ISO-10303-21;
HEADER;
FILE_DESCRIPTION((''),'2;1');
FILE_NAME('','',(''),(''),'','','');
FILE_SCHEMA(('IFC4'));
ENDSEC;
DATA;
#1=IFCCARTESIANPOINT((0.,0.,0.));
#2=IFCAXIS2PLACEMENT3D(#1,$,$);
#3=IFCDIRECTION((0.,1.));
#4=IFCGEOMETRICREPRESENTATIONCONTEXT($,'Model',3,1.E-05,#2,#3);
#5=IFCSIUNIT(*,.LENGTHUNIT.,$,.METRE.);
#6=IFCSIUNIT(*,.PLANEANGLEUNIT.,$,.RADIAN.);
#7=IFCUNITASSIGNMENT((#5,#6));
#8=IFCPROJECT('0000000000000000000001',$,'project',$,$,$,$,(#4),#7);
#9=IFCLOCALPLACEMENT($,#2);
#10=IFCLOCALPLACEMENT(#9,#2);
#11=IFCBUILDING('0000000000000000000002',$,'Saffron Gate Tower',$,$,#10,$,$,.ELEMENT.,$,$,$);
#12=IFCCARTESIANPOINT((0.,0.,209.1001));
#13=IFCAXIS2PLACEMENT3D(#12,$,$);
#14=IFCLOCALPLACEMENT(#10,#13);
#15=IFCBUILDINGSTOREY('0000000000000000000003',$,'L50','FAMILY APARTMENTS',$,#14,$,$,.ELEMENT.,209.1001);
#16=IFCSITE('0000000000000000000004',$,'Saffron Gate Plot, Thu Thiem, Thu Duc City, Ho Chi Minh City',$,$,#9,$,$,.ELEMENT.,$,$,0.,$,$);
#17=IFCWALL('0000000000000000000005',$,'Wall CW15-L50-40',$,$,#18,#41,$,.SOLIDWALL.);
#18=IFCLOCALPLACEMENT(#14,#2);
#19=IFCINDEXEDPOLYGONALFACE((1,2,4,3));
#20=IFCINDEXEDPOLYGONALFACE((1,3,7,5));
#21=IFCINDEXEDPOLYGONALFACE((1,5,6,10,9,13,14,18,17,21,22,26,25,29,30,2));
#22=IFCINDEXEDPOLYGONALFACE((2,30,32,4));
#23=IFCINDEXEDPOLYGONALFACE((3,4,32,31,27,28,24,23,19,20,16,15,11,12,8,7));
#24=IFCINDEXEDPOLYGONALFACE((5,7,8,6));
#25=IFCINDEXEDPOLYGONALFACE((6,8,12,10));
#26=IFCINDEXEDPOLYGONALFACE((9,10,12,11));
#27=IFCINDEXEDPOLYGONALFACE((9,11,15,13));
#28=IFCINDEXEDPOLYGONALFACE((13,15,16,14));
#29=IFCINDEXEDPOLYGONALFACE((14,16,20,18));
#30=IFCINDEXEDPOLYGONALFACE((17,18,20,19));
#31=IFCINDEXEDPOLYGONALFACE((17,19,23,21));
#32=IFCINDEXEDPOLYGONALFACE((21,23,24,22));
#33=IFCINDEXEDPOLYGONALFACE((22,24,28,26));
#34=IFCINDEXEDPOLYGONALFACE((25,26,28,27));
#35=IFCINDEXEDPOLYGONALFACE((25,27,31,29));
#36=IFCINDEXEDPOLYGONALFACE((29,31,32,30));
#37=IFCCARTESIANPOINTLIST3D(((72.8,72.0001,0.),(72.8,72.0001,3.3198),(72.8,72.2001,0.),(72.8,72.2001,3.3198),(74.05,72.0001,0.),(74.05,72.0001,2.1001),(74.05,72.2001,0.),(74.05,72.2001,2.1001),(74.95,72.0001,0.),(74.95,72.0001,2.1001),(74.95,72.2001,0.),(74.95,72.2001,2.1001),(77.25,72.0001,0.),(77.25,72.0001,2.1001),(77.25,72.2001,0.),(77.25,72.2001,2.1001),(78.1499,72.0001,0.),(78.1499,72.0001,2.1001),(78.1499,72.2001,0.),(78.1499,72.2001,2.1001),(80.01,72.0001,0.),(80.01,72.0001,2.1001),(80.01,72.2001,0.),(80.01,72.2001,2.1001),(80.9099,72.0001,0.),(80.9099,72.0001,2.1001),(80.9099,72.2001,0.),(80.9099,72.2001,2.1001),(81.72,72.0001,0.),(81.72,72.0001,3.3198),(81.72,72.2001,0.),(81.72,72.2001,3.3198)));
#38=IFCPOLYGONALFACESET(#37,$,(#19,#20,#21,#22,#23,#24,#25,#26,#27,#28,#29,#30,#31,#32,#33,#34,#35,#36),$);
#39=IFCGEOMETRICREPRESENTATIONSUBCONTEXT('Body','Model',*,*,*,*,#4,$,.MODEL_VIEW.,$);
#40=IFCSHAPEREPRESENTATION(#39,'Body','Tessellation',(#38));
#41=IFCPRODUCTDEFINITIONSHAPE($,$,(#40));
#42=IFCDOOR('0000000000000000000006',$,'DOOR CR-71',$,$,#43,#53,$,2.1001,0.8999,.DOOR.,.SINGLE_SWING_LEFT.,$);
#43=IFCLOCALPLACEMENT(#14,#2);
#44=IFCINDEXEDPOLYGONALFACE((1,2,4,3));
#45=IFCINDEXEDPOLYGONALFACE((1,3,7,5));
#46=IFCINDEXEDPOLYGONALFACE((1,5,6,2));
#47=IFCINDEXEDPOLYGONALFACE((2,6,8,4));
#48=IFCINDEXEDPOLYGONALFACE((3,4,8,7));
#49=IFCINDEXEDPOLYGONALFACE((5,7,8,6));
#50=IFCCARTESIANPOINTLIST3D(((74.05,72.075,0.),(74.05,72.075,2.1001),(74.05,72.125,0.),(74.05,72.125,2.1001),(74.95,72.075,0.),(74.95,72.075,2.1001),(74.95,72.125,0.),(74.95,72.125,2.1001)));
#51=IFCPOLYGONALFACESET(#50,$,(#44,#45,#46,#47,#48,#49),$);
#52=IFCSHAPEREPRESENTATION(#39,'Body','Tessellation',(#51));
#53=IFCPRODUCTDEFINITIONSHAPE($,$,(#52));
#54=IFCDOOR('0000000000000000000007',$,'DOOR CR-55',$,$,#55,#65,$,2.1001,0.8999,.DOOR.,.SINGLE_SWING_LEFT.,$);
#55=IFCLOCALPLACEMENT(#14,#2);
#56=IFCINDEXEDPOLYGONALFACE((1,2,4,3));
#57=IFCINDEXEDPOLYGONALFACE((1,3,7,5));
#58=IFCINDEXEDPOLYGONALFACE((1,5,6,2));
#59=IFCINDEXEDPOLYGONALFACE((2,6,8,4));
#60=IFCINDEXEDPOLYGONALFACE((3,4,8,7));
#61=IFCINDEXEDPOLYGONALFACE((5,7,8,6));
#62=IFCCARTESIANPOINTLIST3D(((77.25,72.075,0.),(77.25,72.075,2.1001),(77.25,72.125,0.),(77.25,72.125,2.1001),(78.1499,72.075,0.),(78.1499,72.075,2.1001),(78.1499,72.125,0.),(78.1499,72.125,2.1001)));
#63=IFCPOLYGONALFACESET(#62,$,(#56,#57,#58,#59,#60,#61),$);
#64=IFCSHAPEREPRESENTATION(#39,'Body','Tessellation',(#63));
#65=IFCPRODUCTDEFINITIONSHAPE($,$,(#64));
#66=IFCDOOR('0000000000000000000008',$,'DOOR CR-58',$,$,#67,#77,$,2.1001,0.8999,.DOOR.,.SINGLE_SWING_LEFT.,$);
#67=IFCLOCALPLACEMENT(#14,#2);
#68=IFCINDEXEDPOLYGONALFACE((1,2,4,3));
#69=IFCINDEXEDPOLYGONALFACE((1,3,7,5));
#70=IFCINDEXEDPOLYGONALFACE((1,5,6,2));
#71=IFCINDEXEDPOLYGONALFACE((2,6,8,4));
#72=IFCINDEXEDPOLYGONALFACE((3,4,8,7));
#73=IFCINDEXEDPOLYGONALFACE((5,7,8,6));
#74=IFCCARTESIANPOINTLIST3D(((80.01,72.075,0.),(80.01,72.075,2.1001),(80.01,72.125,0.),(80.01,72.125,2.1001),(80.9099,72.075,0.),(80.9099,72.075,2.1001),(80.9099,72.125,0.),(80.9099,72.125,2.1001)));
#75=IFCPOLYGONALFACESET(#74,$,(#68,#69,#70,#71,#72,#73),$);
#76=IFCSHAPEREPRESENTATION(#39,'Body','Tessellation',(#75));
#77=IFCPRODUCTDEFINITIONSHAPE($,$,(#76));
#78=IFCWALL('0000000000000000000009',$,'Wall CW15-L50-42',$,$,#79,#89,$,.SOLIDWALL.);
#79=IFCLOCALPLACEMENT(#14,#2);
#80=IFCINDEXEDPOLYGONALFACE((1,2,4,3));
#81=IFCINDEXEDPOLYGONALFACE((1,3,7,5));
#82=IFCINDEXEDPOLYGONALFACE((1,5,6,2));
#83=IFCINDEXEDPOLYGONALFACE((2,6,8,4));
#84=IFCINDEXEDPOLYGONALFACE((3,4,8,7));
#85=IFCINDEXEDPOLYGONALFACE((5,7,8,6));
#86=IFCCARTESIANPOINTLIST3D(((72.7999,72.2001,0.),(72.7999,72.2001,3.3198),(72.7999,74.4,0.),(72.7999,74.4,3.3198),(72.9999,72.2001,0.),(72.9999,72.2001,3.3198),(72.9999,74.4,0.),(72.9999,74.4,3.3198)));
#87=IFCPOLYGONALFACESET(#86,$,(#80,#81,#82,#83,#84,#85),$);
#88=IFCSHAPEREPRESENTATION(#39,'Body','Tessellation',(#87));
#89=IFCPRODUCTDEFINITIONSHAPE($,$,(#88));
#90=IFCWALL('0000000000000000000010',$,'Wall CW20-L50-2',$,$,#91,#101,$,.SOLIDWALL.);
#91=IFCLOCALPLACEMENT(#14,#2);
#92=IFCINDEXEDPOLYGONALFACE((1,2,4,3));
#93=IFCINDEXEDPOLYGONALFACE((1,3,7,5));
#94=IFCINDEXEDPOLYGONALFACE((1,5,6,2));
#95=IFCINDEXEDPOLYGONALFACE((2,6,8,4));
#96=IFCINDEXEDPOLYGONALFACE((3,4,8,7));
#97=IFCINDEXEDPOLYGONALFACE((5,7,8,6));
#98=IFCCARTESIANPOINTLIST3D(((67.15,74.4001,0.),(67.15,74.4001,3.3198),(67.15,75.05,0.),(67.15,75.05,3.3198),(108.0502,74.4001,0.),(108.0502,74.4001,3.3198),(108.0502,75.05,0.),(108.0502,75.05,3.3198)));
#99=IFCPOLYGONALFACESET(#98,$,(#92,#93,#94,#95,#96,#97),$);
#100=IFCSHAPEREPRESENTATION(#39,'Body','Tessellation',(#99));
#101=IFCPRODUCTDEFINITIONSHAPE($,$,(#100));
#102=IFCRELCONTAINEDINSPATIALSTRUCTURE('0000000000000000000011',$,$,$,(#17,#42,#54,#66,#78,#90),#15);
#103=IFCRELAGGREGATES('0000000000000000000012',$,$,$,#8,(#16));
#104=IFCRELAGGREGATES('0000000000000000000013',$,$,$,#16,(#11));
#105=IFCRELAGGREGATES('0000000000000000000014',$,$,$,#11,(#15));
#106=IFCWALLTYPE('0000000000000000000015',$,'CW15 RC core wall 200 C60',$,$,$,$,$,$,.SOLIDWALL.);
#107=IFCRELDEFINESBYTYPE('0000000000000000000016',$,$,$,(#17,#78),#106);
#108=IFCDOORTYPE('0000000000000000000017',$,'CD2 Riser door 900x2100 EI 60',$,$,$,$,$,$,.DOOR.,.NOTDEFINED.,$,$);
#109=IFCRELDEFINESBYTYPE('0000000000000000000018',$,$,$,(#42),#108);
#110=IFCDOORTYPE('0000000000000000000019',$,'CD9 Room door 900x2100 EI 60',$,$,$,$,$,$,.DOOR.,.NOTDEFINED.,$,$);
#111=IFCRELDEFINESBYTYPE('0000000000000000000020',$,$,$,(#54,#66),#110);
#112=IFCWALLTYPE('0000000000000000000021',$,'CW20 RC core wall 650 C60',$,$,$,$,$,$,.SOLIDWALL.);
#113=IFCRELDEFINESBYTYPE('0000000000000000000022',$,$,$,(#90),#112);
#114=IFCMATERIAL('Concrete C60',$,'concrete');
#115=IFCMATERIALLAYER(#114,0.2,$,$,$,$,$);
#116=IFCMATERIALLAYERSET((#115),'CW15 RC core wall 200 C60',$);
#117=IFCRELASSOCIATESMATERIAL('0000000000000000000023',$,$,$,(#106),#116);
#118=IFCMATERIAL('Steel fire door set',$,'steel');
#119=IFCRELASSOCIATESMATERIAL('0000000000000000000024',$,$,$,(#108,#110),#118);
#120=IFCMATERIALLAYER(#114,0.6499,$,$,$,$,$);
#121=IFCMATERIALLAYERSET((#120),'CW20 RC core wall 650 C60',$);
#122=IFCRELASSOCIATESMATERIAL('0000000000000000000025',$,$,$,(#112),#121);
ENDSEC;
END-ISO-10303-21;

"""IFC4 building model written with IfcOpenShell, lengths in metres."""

from ifc_helpers import new_model, si_unit, direction, frame, frame_2d, origin, place, context, subcontext, project, spatial, rectangle, extrude, material, layer, layer_set, type_object, element, fill, save


model = new_model("IFC4")

# Units and contexts
model_context = context("Model", 3, precision=1e-05, world=origin(), true_north=direction((0.0, 1.0)))
body_context = subcontext(model_context, "Body", "Model", "MODEL_VIEW")
ifc_project = project(units=[si_unit("LENGTHUNIT", "METRE"), si_unit("PLANEANGLEUNIT", "RADIAN")], contexts=[model_context])

# Site, building, storey
site_placement = place(None, origin())
site = spatial("IfcSite", under=ifc_project, at=site_placement, Name="Saffron Gate Plot, Thu Thiem, Thu Duc City, Ho Chi Minh City", CompositionType="ELEMENT", RefElevation=0.0)
building_placement = place(site_placement, origin())
building = spatial("IfcBuilding", under=site, at=building_placement, Name="Saffron Gate Tower", CompositionType="ELEMENT")
storey_placement = place(building_placement, frame((0.0, 0.0, 209.1001)))
storey = spatial("IfcBuildingStorey", under=building, at=storey_placement, Name="L50", Description="FAMILY APARTMENTS", CompositionType="ELEMENT", Elevation=209.1001)

# Shared definitions
ifc_material_1 = material(Name="Concrete C60", Category="concrete")
ifc_layer_1 = layer(ifc_material_1, 0.2)
ifc_layer_set_1 = layer_set([ifc_layer_1], Name="CW15 RC core wall 200 C60")
wall_type_1 = type_object("IfcWallType", Name="CW15 RC core wall 200 C60", PredefinedType="SOLIDWALL", material=ifc_layer_set_1)
ifc_material_2 = material(Name="Steel fire door set", Category="steel")

# Wall, openings, doors
wall_1_placement = place(storey_placement, frame((72.8, 72.1001, 0.0), z_axis=(0.0, 0.0, 1.0), x_axis=(1.0, 0.0, 0.0)))
wall_1 = element("IfcWall", 1, at=wall_1_placement, inside=storey, type_object=wall_type_1, Name="Wall CW15-L50-40", PredefinedType="SOLIDWALL", context=body_context, shape_type="SweptSolid", body=[
    extrude(rectangle(XDim=8.9199, YDim=0.2, at=frame_2d((4.46, 0.0))), origin(), (0.0, 0.0, 1.0), 3.3198),
])
opening_1_placement = place(wall_1_placement, frame((1.25, 0.0, 0.0)))
opening_1 = element("IfcOpeningElement", 2, at=opening_1_placement, cuts=wall_1, PredefinedType="OPENING", context=body_context, shape_type="SweptSolid", body=[
    extrude(rectangle(XDim=0.8999, YDim=2.1001, at=frame_2d((0.45, 1.05))), frame((0.0, 0.1099, 0.0), z_axis=(0.0, -1.0, 0.0), x_axis=(1.0, 0.0, 0.0)), (0.0, 0.0, 1.0), 0.22),
])
opening_2_placement = place(wall_1_placement, frame((4.45, 0.0, 0.0)))
opening_2 = element("IfcOpeningElement", 3, at=opening_2_placement, cuts=wall_1, PredefinedType="OPENING", context=body_context, shape_type="SweptSolid", body=[
    extrude(rectangle(XDim=0.8999, YDim=2.1001, at=frame_2d((0.45, 1.05))), frame((0.0, 0.1099, 0.0), z_axis=(0.0, -1.0, 0.0), x_axis=(1.0, 0.0, 0.0)), (0.0, 0.0, 1.0), 0.22),
])
opening_3_placement = place(wall_1_placement, frame((7.21, 0.0, 0.0)))
opening_3 = element("IfcOpeningElement", 4, at=opening_3_placement, cuts=wall_1, PredefinedType="OPENING", context=body_context, shape_type="SweptSolid", body=[
    extrude(rectangle(XDim=0.8999, YDim=2.1001, at=frame_2d((0.45, 1.05))), frame((0.0, 0.1099, 0.0), z_axis=(0.0, -1.0, 0.0), x_axis=(1.0, 0.0, 0.0)), (0.0, 0.0, 1.0), 0.22),
])
door_type_1 = type_object("IfcDoorType", Name="CD2 Riser door 900x2100 EI 60", OperationType="NOTDEFINED", PredefinedType="DOOR", material=ifc_material_2)
door_1_placement = place(opening_1_placement, origin())
door_1 = element("IfcDoor", 5, at=door_1_placement, inside=storey, type_object=door_type_1, Name="DOOR CR-71", OperationType="SINGLE_SWING_LEFT", OverallHeight=2.1001, OverallWidth=0.8999, PredefinedType="DOOR", context=body_context, shape_type="SweptSolid", body=[
    extrude(rectangle(XDim=0.8999, YDim=2.1001, at=frame_2d((0.45, 1.05))), frame((0.0, 0.0249, 0.0), z_axis=(0.0, -1.0, 0.0), x_axis=(1.0, 0.0, 0.0)), (0.0, 0.0, 1.0), 0.05),
])
fill(opening_1, door_1)
door_type_2 = type_object("IfcDoorType", Name="CD9 Room door 900x2100 EI 60", OperationType="NOTDEFINED", PredefinedType="DOOR", material=ifc_material_2)
door_2_placement = place(opening_2_placement, origin())
door_2 = element("IfcDoor", 6, at=door_2_placement, inside=storey, type_object=door_type_2, Name="DOOR CR-55", OperationType="SINGLE_SWING_LEFT", OverallHeight=2.1001, OverallWidth=0.8999, PredefinedType="DOOR", context=body_context, shape_type="SweptSolid", body=[
    extrude(rectangle(XDim=0.8999, YDim=2.1001, at=frame_2d((0.45, 1.05))), frame((0.0, 0.0249, 0.0), z_axis=(0.0, -1.0, 0.0), x_axis=(1.0, 0.0, 0.0)), (0.0, 0.0, 1.0), 0.05),
])
fill(opening_2, door_2)
door_3_placement = place(opening_3_placement, origin())
door_3 = element("IfcDoor", 7, at=door_3_placement, inside=storey, type_object=door_type_2, Name="DOOR CR-58", OperationType="SINGLE_SWING_LEFT", OverallHeight=2.1001, OverallWidth=0.8999, PredefinedType="DOOR", context=body_context, shape_type="SweptSolid", body=[
    extrude(rectangle(XDim=0.8999, YDim=2.1001, at=frame_2d((0.45, 1.05))), frame((0.0, 0.0249, 0.0), z_axis=(0.0, -1.0, 0.0), x_axis=(1.0, 0.0, 0.0)), (0.0, 0.0, 1.0), 0.05),
])
fill(opening_3, door_3)

# Walls
wall_2_placement = place(storey_placement, frame((72.8999, 72.2, 0.0), z_axis=(0.0, 0.0, 1.0), x_axis=(0.0, 1.0, 0.0)))
element("IfcWall", 8, at=wall_2_placement, inside=storey, type_object=wall_type_1, Name="Wall CW15-L50-42", PredefinedType="SOLIDWALL", context=body_context, shape_type="SweptSolid", body=[
    extrude(rectangle(XDim=2.2, YDim=0.2, at=frame_2d((1.1001, 0.0))), origin(), (0.0, 0.0, 1.0), 3.3198),
])
ifc_layer_2 = layer(ifc_material_1, 0.6499)
ifc_layer_set_2 = layer_set([ifc_layer_2], Name="CW20 RC core wall 650 C60")
wall_type_2 = type_object("IfcWallType", Name="CW20 RC core wall 650 C60", PredefinedType="SOLIDWALL", material=ifc_layer_set_2)
wall_3_placement = place(storey_placement, frame((67.1499, 74.7251, 0.0), z_axis=(0.0, 0.0, 1.0), x_axis=(1.0, 0.0, 0.0)))
element("IfcWall", 9, at=wall_3_placement, inside=storey, type_object=wall_type_2, Name="Wall CW20-L50-2", PredefinedType="SOLIDWALL", context=body_context, shape_type="SweptSolid", body=[
    extrude(rectangle(XDim=40.9001, YDim=0.6499, at=frame_2d((20.4502, 0.0))), origin(), (0.0, 0.0, 1.0), 3.3198),
])

save(model, "model.ifc")
